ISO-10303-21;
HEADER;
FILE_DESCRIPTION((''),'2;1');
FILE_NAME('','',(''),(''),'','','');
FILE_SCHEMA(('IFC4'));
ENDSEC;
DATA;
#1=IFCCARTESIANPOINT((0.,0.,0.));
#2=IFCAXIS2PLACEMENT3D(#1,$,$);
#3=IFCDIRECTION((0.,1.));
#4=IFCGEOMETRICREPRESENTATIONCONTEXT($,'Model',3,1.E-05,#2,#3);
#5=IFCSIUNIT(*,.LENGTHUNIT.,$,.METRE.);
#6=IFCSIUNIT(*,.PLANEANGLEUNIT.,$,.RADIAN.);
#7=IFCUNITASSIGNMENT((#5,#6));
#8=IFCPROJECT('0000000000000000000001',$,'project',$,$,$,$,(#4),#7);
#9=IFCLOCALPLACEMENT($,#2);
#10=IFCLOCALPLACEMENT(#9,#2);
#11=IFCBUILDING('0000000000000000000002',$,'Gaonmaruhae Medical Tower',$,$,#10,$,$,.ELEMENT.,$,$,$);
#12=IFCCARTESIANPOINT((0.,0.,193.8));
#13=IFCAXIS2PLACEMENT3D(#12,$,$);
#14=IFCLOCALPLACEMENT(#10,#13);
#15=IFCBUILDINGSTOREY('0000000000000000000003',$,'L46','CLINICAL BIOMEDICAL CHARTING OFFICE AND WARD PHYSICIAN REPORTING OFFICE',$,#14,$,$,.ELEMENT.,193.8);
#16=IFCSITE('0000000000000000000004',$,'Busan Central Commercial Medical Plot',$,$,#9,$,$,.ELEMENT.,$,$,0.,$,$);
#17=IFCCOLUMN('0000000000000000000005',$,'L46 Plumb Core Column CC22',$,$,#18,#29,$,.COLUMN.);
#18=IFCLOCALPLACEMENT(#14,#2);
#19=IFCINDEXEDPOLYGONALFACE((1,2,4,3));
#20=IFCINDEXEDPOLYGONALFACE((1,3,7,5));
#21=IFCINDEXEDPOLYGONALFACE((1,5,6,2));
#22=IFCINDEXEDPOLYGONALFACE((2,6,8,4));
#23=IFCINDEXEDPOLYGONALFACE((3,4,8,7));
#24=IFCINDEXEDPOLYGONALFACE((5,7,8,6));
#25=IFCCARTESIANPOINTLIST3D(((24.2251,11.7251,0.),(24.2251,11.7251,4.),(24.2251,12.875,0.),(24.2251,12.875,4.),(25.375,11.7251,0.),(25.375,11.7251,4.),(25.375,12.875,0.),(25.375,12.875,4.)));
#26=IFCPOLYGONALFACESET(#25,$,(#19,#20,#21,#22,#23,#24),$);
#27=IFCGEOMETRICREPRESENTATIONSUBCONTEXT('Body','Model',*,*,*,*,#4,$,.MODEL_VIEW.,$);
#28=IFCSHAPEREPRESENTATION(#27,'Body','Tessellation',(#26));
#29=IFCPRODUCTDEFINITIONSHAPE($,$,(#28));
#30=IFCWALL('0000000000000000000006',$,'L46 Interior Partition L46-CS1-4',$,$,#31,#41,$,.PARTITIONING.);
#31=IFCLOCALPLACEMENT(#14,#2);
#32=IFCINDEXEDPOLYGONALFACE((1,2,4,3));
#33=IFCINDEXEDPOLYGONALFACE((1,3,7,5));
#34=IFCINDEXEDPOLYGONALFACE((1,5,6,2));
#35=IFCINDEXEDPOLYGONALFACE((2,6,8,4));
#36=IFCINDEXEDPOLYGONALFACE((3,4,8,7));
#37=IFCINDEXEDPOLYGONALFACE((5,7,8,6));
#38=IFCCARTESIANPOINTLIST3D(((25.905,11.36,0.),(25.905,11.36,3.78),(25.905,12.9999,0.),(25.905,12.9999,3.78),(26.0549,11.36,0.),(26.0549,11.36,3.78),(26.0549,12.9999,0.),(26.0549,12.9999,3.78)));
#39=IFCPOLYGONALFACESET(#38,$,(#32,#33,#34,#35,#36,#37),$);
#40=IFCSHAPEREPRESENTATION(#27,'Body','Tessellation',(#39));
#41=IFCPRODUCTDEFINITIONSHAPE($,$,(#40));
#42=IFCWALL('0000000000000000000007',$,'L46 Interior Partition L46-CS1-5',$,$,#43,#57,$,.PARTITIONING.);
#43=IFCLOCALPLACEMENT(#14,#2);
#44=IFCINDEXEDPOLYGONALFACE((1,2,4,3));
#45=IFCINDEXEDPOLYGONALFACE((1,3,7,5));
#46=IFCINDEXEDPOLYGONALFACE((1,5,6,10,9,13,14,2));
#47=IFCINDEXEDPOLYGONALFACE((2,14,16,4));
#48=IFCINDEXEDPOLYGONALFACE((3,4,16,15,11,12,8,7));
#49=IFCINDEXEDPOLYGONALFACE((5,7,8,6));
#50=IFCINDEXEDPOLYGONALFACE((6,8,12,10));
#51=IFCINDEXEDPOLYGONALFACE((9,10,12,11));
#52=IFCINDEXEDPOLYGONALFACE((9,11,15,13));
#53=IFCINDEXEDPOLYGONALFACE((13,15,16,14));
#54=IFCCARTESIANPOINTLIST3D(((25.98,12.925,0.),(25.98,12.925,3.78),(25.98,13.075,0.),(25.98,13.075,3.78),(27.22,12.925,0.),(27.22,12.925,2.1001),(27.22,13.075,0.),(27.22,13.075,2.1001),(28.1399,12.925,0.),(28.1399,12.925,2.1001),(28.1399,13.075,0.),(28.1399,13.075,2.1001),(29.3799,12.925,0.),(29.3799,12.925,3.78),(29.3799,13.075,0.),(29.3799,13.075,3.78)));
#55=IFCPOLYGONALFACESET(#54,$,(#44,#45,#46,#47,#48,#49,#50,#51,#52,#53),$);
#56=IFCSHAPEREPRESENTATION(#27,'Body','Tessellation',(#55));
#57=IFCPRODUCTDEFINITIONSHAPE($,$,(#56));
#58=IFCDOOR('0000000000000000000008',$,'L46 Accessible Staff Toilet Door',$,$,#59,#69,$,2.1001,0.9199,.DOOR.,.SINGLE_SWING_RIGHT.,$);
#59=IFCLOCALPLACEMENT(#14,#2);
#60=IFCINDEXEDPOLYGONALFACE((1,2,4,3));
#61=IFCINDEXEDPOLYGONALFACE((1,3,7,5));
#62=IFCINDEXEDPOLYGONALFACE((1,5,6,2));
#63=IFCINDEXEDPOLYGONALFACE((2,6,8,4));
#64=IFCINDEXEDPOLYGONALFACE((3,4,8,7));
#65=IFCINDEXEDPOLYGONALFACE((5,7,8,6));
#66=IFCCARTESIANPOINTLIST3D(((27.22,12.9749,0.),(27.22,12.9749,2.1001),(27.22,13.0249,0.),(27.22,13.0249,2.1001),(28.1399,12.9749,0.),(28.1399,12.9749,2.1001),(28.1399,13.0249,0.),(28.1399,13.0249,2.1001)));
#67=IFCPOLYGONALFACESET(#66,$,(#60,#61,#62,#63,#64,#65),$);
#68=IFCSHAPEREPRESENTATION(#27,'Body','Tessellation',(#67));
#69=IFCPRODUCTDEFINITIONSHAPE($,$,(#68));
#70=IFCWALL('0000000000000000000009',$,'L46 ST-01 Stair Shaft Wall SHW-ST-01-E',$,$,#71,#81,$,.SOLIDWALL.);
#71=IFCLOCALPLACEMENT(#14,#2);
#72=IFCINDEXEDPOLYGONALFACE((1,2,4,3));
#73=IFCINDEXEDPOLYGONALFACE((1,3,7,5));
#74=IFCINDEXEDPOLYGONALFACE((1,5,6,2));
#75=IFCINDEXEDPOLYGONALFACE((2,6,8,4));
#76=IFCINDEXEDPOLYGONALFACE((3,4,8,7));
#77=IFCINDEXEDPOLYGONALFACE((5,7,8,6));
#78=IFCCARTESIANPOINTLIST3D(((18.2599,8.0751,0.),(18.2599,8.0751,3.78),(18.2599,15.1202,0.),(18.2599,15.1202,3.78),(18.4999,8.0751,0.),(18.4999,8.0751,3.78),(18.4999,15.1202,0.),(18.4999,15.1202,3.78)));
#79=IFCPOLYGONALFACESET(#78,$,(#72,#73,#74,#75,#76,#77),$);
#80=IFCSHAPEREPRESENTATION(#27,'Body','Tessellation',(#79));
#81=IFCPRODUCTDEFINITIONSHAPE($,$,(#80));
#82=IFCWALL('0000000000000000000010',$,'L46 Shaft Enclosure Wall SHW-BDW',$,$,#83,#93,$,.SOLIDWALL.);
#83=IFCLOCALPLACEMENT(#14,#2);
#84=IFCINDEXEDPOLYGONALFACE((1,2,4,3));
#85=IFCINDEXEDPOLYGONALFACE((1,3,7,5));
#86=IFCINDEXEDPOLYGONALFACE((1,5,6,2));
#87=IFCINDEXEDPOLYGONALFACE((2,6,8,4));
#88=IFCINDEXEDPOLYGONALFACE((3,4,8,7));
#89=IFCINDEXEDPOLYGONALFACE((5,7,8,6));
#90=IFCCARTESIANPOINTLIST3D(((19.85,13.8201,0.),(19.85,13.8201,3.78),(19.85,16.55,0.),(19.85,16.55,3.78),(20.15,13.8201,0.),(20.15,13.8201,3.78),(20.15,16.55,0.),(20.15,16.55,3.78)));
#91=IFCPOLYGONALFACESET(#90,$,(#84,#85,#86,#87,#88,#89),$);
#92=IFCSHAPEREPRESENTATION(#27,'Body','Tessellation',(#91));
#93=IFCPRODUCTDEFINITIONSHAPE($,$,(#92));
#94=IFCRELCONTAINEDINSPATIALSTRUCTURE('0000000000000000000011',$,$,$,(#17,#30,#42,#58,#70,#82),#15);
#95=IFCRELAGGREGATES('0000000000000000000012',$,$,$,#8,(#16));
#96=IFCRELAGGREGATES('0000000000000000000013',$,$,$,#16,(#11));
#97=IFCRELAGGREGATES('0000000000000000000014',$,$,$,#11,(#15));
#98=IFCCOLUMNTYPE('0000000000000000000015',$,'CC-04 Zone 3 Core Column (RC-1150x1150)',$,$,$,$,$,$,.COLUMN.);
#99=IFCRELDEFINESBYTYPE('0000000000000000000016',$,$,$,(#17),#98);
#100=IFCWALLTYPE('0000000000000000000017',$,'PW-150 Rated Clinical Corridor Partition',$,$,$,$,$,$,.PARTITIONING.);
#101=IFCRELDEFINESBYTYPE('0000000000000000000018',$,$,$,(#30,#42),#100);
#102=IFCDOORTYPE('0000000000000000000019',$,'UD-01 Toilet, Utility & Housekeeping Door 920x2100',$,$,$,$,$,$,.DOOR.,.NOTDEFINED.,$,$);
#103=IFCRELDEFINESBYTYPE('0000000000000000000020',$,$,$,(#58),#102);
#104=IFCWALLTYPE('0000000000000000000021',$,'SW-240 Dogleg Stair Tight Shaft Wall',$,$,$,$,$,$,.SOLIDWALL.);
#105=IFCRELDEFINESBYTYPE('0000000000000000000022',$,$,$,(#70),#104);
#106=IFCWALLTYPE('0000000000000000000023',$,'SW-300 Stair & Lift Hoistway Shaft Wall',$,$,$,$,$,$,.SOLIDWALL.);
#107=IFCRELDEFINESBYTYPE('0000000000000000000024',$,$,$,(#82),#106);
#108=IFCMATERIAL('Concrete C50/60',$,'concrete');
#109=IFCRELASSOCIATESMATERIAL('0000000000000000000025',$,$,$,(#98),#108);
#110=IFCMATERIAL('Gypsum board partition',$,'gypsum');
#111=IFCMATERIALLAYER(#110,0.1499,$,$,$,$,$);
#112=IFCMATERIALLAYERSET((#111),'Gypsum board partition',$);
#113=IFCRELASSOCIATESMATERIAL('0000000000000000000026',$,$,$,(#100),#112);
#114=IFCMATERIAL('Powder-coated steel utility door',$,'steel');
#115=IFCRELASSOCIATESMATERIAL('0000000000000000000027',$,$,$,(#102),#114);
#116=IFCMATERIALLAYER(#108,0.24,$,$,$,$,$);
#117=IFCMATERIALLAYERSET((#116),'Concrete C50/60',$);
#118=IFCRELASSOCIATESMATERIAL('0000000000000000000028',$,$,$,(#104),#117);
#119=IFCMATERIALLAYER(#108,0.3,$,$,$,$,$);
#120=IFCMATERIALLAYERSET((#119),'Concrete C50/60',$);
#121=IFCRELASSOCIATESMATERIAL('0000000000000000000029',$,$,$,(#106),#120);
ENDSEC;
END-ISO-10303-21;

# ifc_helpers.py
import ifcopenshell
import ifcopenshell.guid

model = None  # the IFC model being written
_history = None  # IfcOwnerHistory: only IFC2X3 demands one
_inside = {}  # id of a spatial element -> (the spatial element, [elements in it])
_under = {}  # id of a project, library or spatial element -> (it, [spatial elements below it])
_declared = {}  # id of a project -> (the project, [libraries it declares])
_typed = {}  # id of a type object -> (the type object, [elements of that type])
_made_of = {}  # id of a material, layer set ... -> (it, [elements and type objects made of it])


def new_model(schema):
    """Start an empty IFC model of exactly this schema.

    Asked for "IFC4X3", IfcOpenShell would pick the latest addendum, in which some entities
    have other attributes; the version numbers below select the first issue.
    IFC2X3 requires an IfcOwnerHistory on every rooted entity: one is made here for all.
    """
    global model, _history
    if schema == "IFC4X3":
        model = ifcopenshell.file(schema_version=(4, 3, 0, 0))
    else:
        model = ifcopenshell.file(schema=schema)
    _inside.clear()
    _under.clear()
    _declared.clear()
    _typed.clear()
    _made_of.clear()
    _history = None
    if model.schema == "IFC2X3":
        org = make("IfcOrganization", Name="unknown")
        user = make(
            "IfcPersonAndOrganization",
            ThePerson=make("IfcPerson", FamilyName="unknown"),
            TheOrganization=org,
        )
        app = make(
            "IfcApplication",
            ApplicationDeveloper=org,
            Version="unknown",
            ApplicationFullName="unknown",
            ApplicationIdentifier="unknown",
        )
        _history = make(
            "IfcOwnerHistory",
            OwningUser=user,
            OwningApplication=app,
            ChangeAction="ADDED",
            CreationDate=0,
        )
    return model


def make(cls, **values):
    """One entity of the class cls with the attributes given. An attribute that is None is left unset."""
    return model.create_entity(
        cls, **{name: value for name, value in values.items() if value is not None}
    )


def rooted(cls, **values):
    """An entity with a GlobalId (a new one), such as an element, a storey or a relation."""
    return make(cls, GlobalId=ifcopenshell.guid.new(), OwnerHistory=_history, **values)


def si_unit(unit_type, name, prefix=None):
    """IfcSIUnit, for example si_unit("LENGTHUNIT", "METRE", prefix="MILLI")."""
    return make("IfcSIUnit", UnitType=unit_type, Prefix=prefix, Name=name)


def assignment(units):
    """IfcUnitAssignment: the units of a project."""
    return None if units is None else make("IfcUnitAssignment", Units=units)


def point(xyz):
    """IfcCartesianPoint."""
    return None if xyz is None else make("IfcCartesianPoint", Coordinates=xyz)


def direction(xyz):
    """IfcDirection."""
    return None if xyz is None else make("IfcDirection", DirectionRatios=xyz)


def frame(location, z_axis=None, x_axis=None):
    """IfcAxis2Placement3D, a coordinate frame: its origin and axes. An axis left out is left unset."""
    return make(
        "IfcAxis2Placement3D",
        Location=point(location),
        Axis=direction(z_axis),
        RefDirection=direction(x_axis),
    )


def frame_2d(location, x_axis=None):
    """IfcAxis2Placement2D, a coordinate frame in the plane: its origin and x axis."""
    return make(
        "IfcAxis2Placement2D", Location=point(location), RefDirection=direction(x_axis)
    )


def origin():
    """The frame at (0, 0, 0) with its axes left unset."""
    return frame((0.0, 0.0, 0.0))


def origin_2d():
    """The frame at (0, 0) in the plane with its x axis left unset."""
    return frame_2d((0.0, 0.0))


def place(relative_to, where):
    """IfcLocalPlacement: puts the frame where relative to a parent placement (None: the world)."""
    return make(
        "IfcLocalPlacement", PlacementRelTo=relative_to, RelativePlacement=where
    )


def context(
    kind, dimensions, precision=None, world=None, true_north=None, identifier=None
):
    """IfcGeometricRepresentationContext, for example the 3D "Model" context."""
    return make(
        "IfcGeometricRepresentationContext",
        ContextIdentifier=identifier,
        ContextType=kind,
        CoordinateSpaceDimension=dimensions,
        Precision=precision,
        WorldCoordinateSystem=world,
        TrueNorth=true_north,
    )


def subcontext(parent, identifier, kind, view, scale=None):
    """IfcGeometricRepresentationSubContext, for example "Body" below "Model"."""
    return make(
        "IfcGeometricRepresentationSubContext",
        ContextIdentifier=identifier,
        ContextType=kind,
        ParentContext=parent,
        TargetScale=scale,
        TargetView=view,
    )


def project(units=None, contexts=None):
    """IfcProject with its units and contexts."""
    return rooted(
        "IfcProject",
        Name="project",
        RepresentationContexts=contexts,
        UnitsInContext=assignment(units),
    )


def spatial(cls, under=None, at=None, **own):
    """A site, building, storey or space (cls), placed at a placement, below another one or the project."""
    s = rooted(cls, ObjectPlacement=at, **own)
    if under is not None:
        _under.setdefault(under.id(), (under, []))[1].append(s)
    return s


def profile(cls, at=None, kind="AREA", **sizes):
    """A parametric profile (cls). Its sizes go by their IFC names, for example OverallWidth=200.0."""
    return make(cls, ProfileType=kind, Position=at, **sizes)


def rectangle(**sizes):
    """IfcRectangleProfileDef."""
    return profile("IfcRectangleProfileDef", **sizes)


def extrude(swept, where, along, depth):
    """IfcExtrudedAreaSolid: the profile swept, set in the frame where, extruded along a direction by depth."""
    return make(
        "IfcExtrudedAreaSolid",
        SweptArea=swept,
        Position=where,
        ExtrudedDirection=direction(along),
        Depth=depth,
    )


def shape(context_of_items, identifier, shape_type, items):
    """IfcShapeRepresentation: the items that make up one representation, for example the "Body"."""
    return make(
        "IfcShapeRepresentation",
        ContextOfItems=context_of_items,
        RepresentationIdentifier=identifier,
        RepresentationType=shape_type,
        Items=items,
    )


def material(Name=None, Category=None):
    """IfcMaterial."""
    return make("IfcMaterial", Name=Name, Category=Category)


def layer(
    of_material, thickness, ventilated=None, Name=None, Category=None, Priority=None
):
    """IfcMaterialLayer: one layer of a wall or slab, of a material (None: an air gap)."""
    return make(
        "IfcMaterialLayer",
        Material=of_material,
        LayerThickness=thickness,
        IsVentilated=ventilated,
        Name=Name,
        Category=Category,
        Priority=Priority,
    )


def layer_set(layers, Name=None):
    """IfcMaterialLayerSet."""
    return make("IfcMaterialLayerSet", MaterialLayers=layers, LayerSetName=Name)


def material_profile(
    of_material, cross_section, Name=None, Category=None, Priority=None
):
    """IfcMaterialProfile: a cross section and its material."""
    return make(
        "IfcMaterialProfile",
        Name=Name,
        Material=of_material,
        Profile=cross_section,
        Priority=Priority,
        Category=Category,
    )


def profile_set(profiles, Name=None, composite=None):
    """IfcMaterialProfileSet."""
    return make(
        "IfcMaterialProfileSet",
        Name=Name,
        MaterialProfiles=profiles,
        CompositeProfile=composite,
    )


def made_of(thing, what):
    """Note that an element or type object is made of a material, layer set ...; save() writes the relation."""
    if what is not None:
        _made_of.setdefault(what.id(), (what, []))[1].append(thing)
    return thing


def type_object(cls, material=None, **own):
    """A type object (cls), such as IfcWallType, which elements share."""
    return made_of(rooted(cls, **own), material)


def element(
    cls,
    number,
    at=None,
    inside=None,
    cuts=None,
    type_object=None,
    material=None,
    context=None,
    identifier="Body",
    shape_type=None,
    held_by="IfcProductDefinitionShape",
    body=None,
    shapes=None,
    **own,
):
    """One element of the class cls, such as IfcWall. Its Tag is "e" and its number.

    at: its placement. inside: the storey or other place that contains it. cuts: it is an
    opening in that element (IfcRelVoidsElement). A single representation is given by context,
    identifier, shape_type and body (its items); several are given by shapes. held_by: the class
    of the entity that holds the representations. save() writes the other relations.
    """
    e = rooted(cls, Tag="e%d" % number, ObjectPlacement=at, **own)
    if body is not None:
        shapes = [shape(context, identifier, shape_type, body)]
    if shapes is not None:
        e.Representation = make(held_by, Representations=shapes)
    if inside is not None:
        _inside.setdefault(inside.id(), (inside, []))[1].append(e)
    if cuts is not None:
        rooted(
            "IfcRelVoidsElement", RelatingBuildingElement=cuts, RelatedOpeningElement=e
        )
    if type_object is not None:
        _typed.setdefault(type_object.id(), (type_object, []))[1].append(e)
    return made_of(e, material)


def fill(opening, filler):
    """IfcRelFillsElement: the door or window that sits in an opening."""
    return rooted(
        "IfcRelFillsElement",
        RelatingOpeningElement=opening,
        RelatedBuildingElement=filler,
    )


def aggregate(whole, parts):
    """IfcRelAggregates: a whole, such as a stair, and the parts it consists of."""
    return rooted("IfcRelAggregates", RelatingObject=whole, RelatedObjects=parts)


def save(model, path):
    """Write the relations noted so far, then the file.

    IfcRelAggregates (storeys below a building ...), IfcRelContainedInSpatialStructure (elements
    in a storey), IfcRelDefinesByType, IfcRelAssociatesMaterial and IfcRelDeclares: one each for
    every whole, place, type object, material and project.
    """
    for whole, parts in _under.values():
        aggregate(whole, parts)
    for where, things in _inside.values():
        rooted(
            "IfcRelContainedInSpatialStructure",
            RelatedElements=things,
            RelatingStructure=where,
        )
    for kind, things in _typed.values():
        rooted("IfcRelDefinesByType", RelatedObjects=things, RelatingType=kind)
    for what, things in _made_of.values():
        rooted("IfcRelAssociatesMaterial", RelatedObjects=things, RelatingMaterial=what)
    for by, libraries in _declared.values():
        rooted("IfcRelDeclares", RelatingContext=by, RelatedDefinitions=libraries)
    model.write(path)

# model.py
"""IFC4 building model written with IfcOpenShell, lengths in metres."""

from ifc_helpers import new_model, si_unit, direction, frame, frame_2d, origin, origin_2d, place, context, subcontext, project, spatial, rectangle, extrude, material, layer, layer_set, material_profile, profile_set, type_object, element, fill, save


model = new_model("IFC4")

# Units and contexts
model_context = context("Model", 3, precision=1e-05, world=origin(), true_north=direction((0.0, 1.0)))
body_context = subcontext(model_context, "Body", "Model", "MODEL_VIEW")
ifc_project = project(units=[si_unit("LENGTHUNIT", "METRE"), si_unit("PLANEANGLEUNIT", "RADIAN")], contexts=[model_context])

# Site, building, storey
site_placement = place(None, origin())
site = spatial("IfcSite", under=ifc_project, at=site_placement, Name="Busan Central Commercial Medical Plot", CompositionType="ELEMENT", RefElevation=0.0)
building_placement = place(site_placement, origin())
building = spatial("IfcBuilding", under=site, at=building_placement, Name="Gaonmaruhae Medical Tower", CompositionType="ELEMENT")
storey_placement = place(building_placement, frame((0.0, 0.0, 193.8)))
storey = spatial("IfcBuildingStorey", under=building, at=storey_placement, Name="L46", Description="CLINICAL BIOMEDICAL CHARTING OFFICE AND WARD PHYSICIAN REPORTING OFFICE", CompositionType="ELEMENT", Elevation=193.8)

# Column
ifc_material_1 = material(Name="Concrete C50/60", Category="concrete")
ifc_material_profile = material_profile(ifc_material_1, rectangle(XDim=1.1499, YDim=1.1499, at=origin_2d()), Name="RC-1150x1150")
ifc_profile_set = profile_set([ifc_material_profile], Name="Concrete C50/60")
column_type = type_object("IfcColumnType", Name="CC-04 Zone 3 Core Column (RC-1150x1150)", PredefinedType="COLUMN", material=ifc_profile_set)
column_placement = place(storey_placement, frame((24.8, 12.3, 0.0), z_axis=(0.0, 0.0, 1.0), x_axis=(1.0, 0.0, 0.0)))
element("IfcColumn", 1, at=column_placement, inside=storey, type_object=column_type, Name="L46 Plumb Core Column CC22", PredefinedType="COLUMN", context=body_context, shape_type="SweptSolid", body=[
    extrude(rectangle(XDim=1.1499, YDim=1.1499, at=origin_2d()), origin(), (0.0, 0.0, 1.0), 4.0),
])

# Wall
ifc_material_2 = material(Name="Gypsum board partition", Category="gypsum")
ifc_layer_1 = layer(ifc_material_2, 0.1499)
ifc_layer_set_1 = layer_set([ifc_layer_1], Name="Gypsum board partition")
wall_type_1 = type_object("IfcWallType", Name="PW-150 Rated Clinical Corridor Partition", PredefinedType="PARTITIONING", material=ifc_layer_set_1)
wall_1_placement = place(storey_placement, frame((25.98, 11.3601, 0.0), z_axis=(0.0, 0.0, 1.0), x_axis=(0.0, 1.0, 0.0)))
element("IfcWall", 2, at=wall_1_placement, inside=storey, type_object=wall_type_1, Name="L46 Interior Partition L46-CS1-4", PredefinedType="PARTITIONING", context=body_context, shape_type="SweptSolid", body=[
    extrude(rectangle(XDim=1.6399, YDim=0.1499, at=frame_2d((0.8198, 0.0))), origin(), (0.0, 0.0, 1.0), 3.78),
])

# Wall, opening, door
wall_2_placement = place(storey_placement, frame((25.98, 13.0, 0.0), z_axis=(0.0, 0.0, 1.0), x_axis=(1.0, 0.0, 0.0)))
wall_2 = element("IfcWall", 3, at=wall_2_placement, inside=storey, type_object=wall_type_1, Name="L46 Interior Partition L46-CS1-5", PredefinedType="PARTITIONING", context=body_context, shape_type="SweptSolid", body=[
    extrude(rectangle(XDim=3.3999, YDim=0.1499, at=frame_2d((1.7, 0.0))), origin(), (0.0, 0.0, 1.0), 3.78),
])
opening_1_placement = place(wall_2_placement, frame((1.24, 0.0, 0.0)))
opening_1 = element("IfcOpeningElement", 4, at=opening_1_placement, cuts=wall_2, PredefinedType="OPENING", context=body_context, shape_type="SweptSolid", body=[
    extrude(rectangle(XDim=0.9199, YDim=2.1001, at=frame_2d((0.46, 1.05))), frame((0.0, 0.085, 0.0), z_axis=(0.0, -1.0, 0.0), x_axis=(1.0, 0.0, 0.0)), (0.0, 0.0, 1.0), 0.1699),
])
ifc_material_3 = material(Name="Powder-coated steel utility door", Category="steel")
door_type_1 = type_object("IfcDoorType", Name="UD-01 Toilet, Utility & Housekeeping Door 920x2100", OperationType="NOTDEFINED", PredefinedType="DOOR", material=ifc_material_3)
door_1_placement = place(opening_1_placement, origin())
door_1 = element("IfcDoor", 5, at=door_1_placement, inside=storey, type_object=door_type_1, Name="L46 Accessible Staff Toilet Door", OperationType="SINGLE_SWING_RIGHT", OverallHeight=2.1001, OverallWidth=0.9199, PredefinedType="DOOR", context=body_context, shape_type="SweptSolid", body=[
    extrude(rectangle(XDim=0.9199, YDim=2.1001, at=frame_2d((0.46, 1.05))), frame((0.0, 0.0249, 0.0), z_axis=(0.0, -1.0, 0.0), x_axis=(1.0, 0.0, 0.0)), (0.0, 0.0, 1.0), 0.05),
])
fill(opening_1, door_1)

# Wall
ifc_layer_2 = layer(ifc_material_1, 0.24)
ifc_layer_set_2 = layer_set([ifc_layer_2], Name="Concrete C50/60")
wall_type_2 = type_object("IfcWallType", Name="SW-240 Dogleg Stair Tight Shaft Wall", PredefinedType="SOLIDWALL", material=ifc_layer_set_2)
wall_3_placement = place(storey_placement, frame((18.3799, 15.1201, 0.0), z_axis=(0.0, 0.0, 1.0), x_axis=(0.0, -1.0, 0.0)))
element("IfcWall", 6, at=wall_3_placement, inside=storey, type_object=wall_type_2, Name="L46 ST-01 Stair Shaft Wall SHW-ST-01-E", PredefinedType="SOLIDWALL", context=body_context, shape_type="SweptSolid", body=[
    extrude(rectangle(XDim=7.0452, YDim=0.24, at=frame_2d((3.5225, 0.0))), origin(), (0.0, 0.0, 1.0), 3.78),
])

# Shared definitions
ifc_layer_3 = layer(ifc_material_1, 0.3)
ifc_layer_set_3 = layer_set([ifc_layer_3], Name="Concrete C50/60")
wall_type_3 = type_object("IfcWallType", Name="SW-300 Stair & Lift Hoistway Shaft Wall", PredefinedType="SOLIDWALL", material=ifc_layer_set_3)

# Wall
wall_4_placement = place(storey_placement, frame((20.0, 13.8201, 0.0), z_axis=(0.0, 0.0, 1.0), x_axis=(0.0, 1.0, 0.0)))
element("IfcWall", 7, at=wall_4_placement, inside=storey, type_object=wall_type_3, Name="L46 Shaft Enclosure Wall SHW-BDW", PredefinedType="SOLIDWALL", context=body_context, shape_type="SweptSolid", body=[
    extrude(rectangle(XDim=2.73, YDim=0.3, at=frame_2d((1.365, 0.0))), origin(), (0.0, 0.0, 1.0), 3.78),
])

save(model, "model.ifc")
